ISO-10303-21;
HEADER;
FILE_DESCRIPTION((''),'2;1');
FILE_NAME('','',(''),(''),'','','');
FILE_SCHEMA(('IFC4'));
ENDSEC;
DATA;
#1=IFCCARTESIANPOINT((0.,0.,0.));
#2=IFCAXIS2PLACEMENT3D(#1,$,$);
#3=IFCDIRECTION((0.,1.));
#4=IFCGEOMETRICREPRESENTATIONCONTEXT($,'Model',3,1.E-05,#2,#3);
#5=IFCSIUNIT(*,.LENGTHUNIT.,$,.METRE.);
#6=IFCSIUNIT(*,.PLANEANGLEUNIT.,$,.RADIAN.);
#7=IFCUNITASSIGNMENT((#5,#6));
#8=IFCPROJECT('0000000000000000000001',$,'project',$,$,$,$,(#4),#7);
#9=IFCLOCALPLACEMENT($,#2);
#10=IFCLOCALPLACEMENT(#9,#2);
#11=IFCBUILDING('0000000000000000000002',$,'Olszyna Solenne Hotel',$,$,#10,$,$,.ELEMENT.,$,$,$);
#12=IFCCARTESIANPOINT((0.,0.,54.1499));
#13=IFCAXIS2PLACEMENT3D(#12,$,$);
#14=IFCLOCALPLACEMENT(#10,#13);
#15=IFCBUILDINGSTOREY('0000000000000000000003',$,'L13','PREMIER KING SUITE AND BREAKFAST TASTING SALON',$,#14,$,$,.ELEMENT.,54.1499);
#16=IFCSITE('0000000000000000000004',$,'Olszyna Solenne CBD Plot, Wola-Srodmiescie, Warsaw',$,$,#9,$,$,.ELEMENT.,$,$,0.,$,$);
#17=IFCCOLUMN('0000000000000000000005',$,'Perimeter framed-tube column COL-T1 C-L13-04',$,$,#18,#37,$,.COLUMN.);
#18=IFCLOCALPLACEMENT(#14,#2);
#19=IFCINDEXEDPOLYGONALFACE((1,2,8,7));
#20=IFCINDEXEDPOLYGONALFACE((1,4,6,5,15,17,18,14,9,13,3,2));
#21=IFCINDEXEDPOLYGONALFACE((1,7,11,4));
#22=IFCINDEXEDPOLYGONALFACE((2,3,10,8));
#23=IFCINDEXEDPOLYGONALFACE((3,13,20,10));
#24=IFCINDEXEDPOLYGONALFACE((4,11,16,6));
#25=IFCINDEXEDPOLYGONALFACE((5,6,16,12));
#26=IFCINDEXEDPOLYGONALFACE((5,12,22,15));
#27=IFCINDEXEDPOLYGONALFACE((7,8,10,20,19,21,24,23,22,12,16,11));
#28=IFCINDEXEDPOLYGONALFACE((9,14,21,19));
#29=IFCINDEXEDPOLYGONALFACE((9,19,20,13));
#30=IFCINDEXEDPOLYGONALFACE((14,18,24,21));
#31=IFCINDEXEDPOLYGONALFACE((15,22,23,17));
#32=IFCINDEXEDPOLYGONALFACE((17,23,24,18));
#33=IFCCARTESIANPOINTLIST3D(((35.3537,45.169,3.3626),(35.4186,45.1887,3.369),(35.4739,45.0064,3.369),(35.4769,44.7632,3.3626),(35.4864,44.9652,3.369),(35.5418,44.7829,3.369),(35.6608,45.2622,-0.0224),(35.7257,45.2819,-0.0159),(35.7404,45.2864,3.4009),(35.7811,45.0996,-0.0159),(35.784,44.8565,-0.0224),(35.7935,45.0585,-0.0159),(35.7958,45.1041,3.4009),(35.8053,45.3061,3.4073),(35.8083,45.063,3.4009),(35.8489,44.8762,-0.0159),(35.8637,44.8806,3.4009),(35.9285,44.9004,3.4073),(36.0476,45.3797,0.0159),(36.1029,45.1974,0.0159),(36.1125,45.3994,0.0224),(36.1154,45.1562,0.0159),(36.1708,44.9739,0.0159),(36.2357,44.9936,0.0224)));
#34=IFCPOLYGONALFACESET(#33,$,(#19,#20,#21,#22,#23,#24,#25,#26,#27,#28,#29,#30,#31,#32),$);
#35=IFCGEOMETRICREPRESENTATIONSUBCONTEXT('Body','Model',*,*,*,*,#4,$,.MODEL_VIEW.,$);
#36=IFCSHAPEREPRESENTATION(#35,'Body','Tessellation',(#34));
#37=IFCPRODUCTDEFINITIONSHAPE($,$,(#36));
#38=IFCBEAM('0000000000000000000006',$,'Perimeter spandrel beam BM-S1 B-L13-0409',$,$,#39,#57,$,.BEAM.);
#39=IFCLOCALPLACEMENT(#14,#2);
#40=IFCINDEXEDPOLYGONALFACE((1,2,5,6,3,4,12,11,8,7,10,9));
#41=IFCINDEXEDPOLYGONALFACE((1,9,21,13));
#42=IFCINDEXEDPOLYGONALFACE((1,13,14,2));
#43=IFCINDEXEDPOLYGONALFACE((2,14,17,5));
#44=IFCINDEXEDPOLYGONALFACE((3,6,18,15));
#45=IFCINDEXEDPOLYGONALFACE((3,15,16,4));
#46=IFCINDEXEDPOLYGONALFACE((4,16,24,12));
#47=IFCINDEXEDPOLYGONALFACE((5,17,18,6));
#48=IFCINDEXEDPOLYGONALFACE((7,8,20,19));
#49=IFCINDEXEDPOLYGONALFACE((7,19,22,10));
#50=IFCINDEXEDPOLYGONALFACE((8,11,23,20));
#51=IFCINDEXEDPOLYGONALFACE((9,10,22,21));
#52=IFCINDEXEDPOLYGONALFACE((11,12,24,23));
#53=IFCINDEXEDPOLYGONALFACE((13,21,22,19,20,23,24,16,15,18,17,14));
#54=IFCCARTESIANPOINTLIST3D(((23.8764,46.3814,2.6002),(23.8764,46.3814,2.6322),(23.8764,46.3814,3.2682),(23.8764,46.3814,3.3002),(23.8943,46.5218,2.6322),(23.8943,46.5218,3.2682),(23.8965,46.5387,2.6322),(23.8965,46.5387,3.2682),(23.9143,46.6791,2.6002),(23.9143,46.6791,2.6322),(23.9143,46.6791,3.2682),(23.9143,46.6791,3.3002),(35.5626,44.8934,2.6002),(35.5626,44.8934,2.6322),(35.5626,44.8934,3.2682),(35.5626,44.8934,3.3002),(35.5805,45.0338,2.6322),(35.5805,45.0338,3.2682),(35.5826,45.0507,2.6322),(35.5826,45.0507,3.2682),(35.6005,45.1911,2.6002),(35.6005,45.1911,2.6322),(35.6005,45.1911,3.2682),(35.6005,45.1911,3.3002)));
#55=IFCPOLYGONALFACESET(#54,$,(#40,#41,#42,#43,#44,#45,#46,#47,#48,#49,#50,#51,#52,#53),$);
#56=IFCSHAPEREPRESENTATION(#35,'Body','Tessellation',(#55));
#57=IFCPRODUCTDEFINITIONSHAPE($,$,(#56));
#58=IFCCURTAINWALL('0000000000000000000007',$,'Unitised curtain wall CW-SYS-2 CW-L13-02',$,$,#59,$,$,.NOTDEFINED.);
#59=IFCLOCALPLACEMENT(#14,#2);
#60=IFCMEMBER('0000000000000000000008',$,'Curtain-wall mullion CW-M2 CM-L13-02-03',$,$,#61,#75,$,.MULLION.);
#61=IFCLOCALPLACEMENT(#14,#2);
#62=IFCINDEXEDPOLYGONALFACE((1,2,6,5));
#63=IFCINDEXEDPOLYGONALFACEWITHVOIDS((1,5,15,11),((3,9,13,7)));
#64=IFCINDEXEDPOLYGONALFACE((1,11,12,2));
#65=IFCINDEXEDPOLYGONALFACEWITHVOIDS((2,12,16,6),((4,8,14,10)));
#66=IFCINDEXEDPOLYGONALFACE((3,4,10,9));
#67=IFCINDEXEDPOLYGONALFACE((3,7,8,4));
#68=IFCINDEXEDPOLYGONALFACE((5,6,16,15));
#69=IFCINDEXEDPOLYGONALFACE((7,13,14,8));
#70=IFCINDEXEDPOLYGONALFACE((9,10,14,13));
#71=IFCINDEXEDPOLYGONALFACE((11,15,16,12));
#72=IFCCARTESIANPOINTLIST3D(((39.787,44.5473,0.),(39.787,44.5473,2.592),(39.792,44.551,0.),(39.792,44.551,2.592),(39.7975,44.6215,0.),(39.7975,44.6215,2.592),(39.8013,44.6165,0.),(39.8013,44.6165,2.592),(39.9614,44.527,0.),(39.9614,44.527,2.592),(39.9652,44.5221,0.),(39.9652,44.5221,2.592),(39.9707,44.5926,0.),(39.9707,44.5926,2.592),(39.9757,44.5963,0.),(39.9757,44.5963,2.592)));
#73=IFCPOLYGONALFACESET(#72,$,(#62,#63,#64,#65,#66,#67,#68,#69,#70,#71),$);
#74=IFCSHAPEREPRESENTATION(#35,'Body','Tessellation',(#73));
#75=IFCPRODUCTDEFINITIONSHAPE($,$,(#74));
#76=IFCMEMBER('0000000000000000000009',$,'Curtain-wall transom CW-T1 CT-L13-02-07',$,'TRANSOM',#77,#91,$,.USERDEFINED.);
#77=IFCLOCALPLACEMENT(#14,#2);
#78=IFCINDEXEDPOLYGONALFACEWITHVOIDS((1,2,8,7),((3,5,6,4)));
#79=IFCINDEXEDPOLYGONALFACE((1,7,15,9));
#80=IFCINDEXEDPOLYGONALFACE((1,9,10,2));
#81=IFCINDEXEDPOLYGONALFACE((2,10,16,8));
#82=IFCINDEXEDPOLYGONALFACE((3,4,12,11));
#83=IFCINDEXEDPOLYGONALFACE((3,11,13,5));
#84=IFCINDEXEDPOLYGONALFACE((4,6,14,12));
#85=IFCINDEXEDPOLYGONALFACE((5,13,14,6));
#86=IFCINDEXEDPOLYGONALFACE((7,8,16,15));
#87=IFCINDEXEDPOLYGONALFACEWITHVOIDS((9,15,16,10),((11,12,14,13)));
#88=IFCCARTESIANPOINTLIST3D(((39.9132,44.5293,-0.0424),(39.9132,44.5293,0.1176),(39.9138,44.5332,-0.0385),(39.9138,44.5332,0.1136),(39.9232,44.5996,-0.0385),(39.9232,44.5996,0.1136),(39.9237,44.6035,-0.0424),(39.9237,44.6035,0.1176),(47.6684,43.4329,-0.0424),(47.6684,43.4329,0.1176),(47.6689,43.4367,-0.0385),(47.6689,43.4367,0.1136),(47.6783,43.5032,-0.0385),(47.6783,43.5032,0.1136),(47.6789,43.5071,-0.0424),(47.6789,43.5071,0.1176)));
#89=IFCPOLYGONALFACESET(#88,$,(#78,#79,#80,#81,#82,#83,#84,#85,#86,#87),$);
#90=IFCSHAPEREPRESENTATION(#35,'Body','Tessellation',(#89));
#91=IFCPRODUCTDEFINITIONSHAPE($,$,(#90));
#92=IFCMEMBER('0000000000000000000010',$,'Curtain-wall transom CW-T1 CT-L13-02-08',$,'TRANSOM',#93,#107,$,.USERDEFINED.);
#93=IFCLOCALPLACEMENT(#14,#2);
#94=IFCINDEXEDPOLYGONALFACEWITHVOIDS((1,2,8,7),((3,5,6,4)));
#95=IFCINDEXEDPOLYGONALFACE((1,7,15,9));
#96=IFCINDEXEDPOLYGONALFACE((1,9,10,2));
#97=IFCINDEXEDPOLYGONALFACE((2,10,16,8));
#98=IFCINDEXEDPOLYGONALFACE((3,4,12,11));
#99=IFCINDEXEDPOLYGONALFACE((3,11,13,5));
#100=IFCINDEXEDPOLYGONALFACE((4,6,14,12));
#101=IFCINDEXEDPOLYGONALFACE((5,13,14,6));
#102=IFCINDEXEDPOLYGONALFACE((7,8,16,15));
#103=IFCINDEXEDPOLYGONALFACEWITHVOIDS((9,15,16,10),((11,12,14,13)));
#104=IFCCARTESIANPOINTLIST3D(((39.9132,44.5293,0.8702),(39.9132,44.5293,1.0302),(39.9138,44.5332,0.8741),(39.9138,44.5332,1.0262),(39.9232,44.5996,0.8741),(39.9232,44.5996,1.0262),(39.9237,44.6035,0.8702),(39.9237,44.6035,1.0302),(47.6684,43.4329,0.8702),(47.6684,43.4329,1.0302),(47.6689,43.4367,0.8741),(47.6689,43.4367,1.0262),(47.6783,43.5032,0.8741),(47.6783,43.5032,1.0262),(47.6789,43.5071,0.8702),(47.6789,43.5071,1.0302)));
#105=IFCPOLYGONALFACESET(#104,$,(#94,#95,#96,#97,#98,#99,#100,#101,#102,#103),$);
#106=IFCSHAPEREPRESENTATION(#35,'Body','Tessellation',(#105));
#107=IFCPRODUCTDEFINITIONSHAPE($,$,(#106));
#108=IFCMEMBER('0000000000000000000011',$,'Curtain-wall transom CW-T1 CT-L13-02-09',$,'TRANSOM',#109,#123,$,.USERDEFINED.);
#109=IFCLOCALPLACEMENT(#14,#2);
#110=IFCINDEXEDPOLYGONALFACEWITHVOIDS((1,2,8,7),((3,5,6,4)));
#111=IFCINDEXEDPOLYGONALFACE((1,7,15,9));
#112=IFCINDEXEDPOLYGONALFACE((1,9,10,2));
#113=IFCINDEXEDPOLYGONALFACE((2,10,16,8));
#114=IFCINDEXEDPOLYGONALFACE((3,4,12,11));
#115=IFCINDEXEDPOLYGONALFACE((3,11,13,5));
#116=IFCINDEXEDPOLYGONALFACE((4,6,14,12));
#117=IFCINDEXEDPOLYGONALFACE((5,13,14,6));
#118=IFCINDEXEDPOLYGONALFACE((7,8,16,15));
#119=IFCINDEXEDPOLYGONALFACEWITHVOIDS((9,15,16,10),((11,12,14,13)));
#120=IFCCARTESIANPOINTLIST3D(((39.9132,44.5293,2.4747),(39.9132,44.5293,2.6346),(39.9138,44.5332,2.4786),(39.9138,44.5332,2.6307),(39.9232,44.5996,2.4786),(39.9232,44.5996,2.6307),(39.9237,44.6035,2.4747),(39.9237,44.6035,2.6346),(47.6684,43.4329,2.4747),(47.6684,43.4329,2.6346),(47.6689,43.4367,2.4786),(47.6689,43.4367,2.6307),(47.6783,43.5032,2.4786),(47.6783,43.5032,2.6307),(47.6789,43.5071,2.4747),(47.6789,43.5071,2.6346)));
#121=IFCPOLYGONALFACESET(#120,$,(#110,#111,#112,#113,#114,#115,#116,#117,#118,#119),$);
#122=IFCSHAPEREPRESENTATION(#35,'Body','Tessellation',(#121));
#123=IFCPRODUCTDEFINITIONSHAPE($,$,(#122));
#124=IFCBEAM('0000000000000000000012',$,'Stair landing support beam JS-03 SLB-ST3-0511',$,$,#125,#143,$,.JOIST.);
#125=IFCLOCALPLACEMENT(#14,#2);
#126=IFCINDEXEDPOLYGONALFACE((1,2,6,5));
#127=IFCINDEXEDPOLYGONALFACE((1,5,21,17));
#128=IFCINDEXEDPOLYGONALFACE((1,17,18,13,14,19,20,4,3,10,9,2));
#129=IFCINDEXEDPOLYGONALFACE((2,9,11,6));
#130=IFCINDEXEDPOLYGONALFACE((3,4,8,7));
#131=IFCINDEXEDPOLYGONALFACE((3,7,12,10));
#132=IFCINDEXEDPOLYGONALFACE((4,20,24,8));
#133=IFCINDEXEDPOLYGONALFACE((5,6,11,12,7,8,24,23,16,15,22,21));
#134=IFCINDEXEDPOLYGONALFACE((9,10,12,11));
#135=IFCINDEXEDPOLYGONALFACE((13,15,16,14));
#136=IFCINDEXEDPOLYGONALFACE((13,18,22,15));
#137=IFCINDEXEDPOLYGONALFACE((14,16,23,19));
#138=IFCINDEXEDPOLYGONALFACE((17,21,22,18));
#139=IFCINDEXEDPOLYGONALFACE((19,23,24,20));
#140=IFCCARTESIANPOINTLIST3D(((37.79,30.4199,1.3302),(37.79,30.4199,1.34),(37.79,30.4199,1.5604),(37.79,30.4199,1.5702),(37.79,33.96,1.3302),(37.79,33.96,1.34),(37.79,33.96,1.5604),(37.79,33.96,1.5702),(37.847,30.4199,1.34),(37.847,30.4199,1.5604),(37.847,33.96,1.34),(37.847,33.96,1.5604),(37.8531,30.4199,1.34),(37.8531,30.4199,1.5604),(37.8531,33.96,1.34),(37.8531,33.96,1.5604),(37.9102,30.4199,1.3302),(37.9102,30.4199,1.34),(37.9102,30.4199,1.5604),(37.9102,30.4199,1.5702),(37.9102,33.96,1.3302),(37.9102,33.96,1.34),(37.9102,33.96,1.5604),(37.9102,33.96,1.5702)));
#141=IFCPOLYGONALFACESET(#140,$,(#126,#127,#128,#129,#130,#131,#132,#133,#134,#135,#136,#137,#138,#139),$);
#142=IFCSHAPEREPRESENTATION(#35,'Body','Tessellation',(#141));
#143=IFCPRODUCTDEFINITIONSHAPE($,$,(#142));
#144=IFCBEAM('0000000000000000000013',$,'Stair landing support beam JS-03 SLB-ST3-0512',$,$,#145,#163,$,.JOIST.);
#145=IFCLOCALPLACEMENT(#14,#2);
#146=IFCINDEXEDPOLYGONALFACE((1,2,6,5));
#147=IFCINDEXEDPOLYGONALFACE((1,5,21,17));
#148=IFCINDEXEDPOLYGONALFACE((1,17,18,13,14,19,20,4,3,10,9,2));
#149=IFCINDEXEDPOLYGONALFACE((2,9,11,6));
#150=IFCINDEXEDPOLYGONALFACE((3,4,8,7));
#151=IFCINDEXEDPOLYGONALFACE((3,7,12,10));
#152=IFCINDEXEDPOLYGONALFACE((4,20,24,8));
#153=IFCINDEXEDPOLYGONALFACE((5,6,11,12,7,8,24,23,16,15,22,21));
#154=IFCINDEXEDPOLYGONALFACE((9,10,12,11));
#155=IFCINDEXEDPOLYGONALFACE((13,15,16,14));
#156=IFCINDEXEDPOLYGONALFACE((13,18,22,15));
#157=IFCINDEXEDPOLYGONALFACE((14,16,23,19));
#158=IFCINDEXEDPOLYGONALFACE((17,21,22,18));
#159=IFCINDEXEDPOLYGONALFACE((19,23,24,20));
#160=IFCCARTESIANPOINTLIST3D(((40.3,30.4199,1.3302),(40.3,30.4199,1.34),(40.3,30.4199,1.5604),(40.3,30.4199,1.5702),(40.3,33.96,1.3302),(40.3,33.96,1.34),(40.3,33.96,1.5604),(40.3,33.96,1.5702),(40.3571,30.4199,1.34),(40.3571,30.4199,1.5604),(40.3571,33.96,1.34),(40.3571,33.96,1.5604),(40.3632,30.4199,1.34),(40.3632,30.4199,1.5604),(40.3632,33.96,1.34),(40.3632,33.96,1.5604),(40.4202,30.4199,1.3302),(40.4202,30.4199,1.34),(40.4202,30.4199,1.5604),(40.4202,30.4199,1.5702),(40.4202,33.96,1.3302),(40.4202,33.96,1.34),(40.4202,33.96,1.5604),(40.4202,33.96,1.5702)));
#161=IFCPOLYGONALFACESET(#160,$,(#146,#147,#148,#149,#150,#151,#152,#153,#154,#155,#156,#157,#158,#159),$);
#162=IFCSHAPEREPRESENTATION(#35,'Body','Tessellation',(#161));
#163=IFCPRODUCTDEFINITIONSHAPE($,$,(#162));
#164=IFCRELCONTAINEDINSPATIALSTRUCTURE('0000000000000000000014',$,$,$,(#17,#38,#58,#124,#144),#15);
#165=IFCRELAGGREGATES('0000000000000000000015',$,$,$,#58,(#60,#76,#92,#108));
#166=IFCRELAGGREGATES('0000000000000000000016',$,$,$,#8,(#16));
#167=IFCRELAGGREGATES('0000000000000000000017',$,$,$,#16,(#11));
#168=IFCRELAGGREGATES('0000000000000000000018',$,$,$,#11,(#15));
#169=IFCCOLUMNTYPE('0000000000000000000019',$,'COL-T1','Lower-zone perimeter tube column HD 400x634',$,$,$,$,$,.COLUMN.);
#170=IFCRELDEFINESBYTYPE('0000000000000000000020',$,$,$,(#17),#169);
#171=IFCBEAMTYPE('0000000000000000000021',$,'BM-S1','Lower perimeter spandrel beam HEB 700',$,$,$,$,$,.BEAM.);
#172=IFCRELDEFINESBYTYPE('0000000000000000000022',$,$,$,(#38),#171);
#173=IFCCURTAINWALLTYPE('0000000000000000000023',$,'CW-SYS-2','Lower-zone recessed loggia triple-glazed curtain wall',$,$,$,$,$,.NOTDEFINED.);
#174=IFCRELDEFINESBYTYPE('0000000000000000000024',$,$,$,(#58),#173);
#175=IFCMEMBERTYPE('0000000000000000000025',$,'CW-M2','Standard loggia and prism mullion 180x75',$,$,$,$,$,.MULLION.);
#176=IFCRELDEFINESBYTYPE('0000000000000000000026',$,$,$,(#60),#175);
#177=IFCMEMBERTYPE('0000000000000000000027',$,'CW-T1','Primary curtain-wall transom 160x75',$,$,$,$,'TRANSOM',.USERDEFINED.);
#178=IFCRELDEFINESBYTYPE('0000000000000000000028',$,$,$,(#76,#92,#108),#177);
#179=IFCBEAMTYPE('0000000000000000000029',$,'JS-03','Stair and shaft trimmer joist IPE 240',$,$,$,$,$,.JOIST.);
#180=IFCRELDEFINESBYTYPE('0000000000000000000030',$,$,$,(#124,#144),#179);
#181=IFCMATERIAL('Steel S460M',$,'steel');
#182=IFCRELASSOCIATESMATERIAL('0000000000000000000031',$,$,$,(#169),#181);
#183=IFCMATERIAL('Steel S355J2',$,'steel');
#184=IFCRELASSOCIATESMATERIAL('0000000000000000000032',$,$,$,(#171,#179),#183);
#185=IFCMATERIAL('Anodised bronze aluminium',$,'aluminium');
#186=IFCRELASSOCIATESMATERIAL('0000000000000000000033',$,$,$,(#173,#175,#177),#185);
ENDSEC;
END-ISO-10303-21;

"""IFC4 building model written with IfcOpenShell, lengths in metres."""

from ifc_helpers import new_model, si_unit, direction, frame, origin, origin_2d, place, context, subcontext, project, spatial, hollow_rectangle, i_section, extrude, source, transform, mapped, material, material_profile, profile_set, type_object, element, aggregate, save


model = new_model("IFC4")

# Units and contexts
model_context = context("Model", 3, precision=1e-05, world=origin(), true_north=direction((0.0, 1.0)))
body_context = subcontext(model_context, "Body", "Model", "MODEL_VIEW")
ifc_project = project(units=[si_unit("LENGTHUNIT", "METRE"), si_unit("PLANEANGLEUNIT", "RADIAN")], contexts=[model_context])

# Site, building, storey
site_placement = place(None, origin())
site = spatial("IfcSite", under=ifc_project, at=site_placement, Name="Olszyna Solenne CBD Plot, Wola-Srodmiescie, Warsaw", CompositionType="ELEMENT", RefElevation=0.0)
building_placement = place(site_placement, origin())
building = spatial("IfcBuilding", under=site, at=building_placement, Name="Olszyna Solenne Hotel", CompositionType="ELEMENT")
storey_placement = place(building_placement, frame((0.0, 0.0, 54.1499)))
storey = spatial("IfcBuildingStorey", under=building, at=storey_placement, Name="L13", Description="PREMIER KING SUITE AND BREAKFAST TASTING SALON", CompositionType="ELEMENT", Elevation=54.1499)

# Column
ifc_material_1 = material(Name="Steel S460M", Category="steel")
ifc_material_profile_1 = material_profile(ifc_material_1, i_section(OverallWidth=0.4241, OverallDepth=0.4741, WebThickness=0.043, FlangeThickness=0.0681, at=origin_2d()), Name="HD 400x634", Category="load-bearing")
ifc_profile_set_1 = profile_set([ifc_material_profile_1], Name="Steel S460M")
column_type = type_object("IfcColumnType", Name="COL-T1", Description="Lower-zone perimeter tube column HD 400x634", PredefinedType="COLUMN", material=ifc_profile_set_1)
shared_shape_1 = source(origin(), body_context, "Body", "SweptSolid", [
    extrude(i_section(OverallWidth=0.4241, OverallDepth=0.4741, WebThickness=0.043, FlangeThickness=0.0681, at=origin_2d()), origin(), (0.0, 0.0, 1.0), 3.4001),
])
column_placement = place(storey_placement, frame((35.9482, 45.1279, 0.0), z_axis=(-0.090327, -0.027428, 0.995534), x_axis=(0.290556, -0.956858, 0.0)))
element("IfcColumn", 1, at=column_placement, inside=storey, type_object=column_type, Name="Perimeter framed-tube column COL-T1 C-L13-04", PredefinedType="COLUMN", context=body_context, shape_type="MappedRepresentation", body=[
    mapped(shared_shape_1, transform((0.0, 0.0, 0.0), x_axis=(1.0, 0.0, 0.0), y_axis=(0.0, 1.0, 0.0), z_axis=(0.0, 0.0, 1.0), scale=1.0)),
])

# Beam
ifc_material_2 = material(Name="Steel S355J2", Category="steel")
ifc_material_profile_2 = material_profile(ifc_material_2, i_section(OverallWidth=0.3, OverallDepth=0.7, WebThickness=0.0171, FlangeThickness=0.032, at=origin_2d()), Name="HEB 700", Category="load-bearing")
ifc_profile_set_2 = profile_set([ifc_material_profile_2], Name="Steel S355J2")
beam_type_1 = type_object("IfcBeamType", Name="BM-S1", Description="Lower perimeter spandrel beam HEB 700", PredefinedType="BEAM", material=ifc_profile_set_2)
shared_shape_2 = source(origin(), body_context, "Body", "SweptSolid", [
    extrude(i_section(OverallWidth=0.3, OverallDepth=0.7, WebThickness=0.0171, FlangeThickness=0.032, at=origin_2d()), origin(), (0.0, 0.0, 1.0), 11.7805),
])
beam_1_placement = place(storey_placement, frame((35.5815, 45.0422, 2.9502), z_axis=(-0.991991, 0.126312, 0.0), x_axis=(-0.126312, -0.991991, 0.0)))
element("IfcBeam", 2, at=beam_1_placement, inside=storey, type_object=beam_type_1, Name="Perimeter spandrel beam BM-S1 B-L13-0409", PredefinedType="BEAM", context=body_context, shape_type="MappedRepresentation", body=[
    mapped(shared_shape_2, transform((0.0, 0.0, 0.0), x_axis=(1.0, 0.0, 0.0), y_axis=(0.0, 1.0, 0.0), z_axis=(0.0, 0.0, 1.0), scale=1.0)),
])

# Curtain wall, members
ifc_material_3 = material(Name="Anodised bronze aluminium", Category="aluminium")
curtain_wall_type = type_object("IfcCurtainWallType", Name="CW-SYS-2", Description="Lower-zone recessed loggia triple-glazed curtain wall", PredefinedType="NOTDEFINED", material=ifc_material_3)
curtain_wall_placement = place(storey_placement, origin())
curtain_wall = element("IfcCurtainWall", 3, at=curtain_wall_placement, inside=storey, type_object=curtain_wall_type, Name="Unitised curtain wall CW-SYS-2 CW-L13-02", PredefinedType="NOTDEFINED")
ifc_material_profile_3 = material_profile(ifc_material_3, hollow_rectangle(XDim=0.075, YDim=0.1799, WallThickness=0.0044, at=origin_2d()), Name="MULL 180x75x4.5", Category="load-bearing")
ifc_profile_set_3 = profile_set([ifc_material_profile_3], Name="Anodised bronze aluminium")
member_type_1 = type_object("IfcMemberType", Name="CW-M2", Description="Standard loggia and prism mullion 180x75", PredefinedType="MULLION", material=ifc_profile_set_3)
shared_shape_3 = source(origin(), body_context, "Body", "SweptSolid", [
    extrude(hollow_rectangle(XDim=0.075, YDim=0.1799, WallThickness=0.0044, at=origin_2d()), origin(), (0.0, 0.0, 1.0), 2.592),
])
member_1_placement = place(storey_placement, frame((39.8813, 44.5718, 0.0), z_axis=(0.0, 0.0, 1.0), x_axis=(0.140005, 0.990151, 0.0)))
member_1 = element("IfcMember", 4, at=member_1_placement, type_object=member_type_1, Name="Curtain-wall mullion CW-M2 CM-L13-02-03", PredefinedType="MULLION", context=body_context, shape_type="MappedRepresentation", body=[
    mapped(shared_shape_3, transform((0.0, 0.0, 0.0), x_axis=(1.0, 0.0, 0.0), y_axis=(0.0, 1.0, 0.0), z_axis=(0.0, 0.0, 1.0), scale=1.0)),
])
ifc_material_profile_4 = material_profile(ifc_material_3, hollow_rectangle(XDim=0.075, YDim=0.1599, WallThickness=0.0039, at=origin_2d()), Name="TRAN 160x75x4", Category="load-bearing")
ifc_profile_set_4 = profile_set([ifc_material_profile_4], Name="Anodised bronze aluminium")
member_type_2 = type_object("IfcMemberType", Name="CW-T1", Description="Primary curtain-wall transom 160x75", ElementType="TRANSOM", PredefinedType="USERDEFINED", material=ifc_profile_set_4)
shared_shape_4 = source(origin(), body_context, "Body", "SweptSolid", [
    extrude(hollow_rectangle(XDim=0.075, YDim=0.1599, WallThickness=0.0039, at=origin_2d()), origin(), (0.0, 0.0, 1.0), 7.8323),
])
member_2_placement = place(storey_placement, frame((39.9185, 44.5664, 0.0376), z_axis=(0.990153, -0.13999, 0.0), x_axis=(0.13999, 0.990153, 0.0)))
member_2 = element("IfcMember", 5, at=member_2_placement, type_object=member_type_2, Name="Curtain-wall transom CW-T1 CT-L13-02-07", ObjectType="TRANSOM", PredefinedType="USERDEFINED", context=body_context, shape_type="MappedRepresentation", body=[
    mapped(shared_shape_4, transform((0.0, 0.0, 0.0), x_axis=(1.0, 0.0, 0.0), y_axis=(0.0, 1.0, 0.0), z_axis=(0.0, 0.0, 1.0), scale=1.0)),
])
member_3_placement = place(storey_placement, frame((39.9185, 44.5664, 0.9502), z_axis=(0.990153, -0.13999, 0.0), x_axis=(0.13999, 0.990153, 0.0)))
member_3 = element("IfcMember", 6, at=member_3_placement, type_object=member_type_2, Name="Curtain-wall transom CW-T1 CT-L13-02-08", ObjectType="TRANSOM", PredefinedType="USERDEFINED", context=body_context, shape_type="MappedRepresentation", body=[
    mapped(shared_shape_4, transform((0.0, 0.0, 0.0), x_axis=(1.0, 0.0, 0.0), y_axis=(0.0, 1.0, 0.0), z_axis=(0.0, 0.0, 1.0), scale=1.0)),
])
member_4_placement = place(storey_placement, frame((39.9185, 44.5664, 2.5547), z_axis=(0.990153, -0.13999, 0.0), x_axis=(0.13999, 0.990153, 0.0)))
member_4 = element("IfcMember", 7, at=member_4_placement, type_object=member_type_2, Name="Curtain-wall transom CW-T1 CT-L13-02-09", ObjectType="TRANSOM", PredefinedType="USERDEFINED", context=body_context, shape_type="MappedRepresentation", body=[
    mapped(shared_shape_4, transform((0.0, 0.0, 0.0), x_axis=(1.0, 0.0, 0.0), y_axis=(0.0, 1.0, 0.0), z_axis=(0.0, 0.0, 1.0), scale=1.0)),
])

# Beams
ifc_material_profile_5 = material_profile(ifc_material_2, i_section(OverallWidth=0.1201, OverallDepth=0.24, WebThickness=0.0061, FlangeThickness=0.0098, at=origin_2d()), Name="IPE 240", Category="load-bearing")
ifc_profile_set_5 = profile_set([ifc_material_profile_5], Name="Steel S355J2")
beam_type_2 = type_object("IfcBeamType", Name="JS-03", Description="Stair and shaft trimmer joist IPE 240", PredefinedType="JOIST", material=ifc_profile_set_5)
shared_shape_5 = source(origin(), body_context, "Body", "SweptSolid", [
    extrude(i_section(OverallWidth=0.1201, OverallDepth=0.24, WebThickness=0.0061, FlangeThickness=0.0098, at=origin_2d()), origin(), (0.0, 0.0, 1.0), 3.54),
])
for number, where, z_axis, x_axis, name in (
    (8, (37.8501, 30.4199, 1.4502), (0.0, 1.0, 0.0), (-1.0, 0.0, 0.0), "Stair landing support beam JS-03 SLB-ST3-0511"),
    (9, (40.3601, 30.4199, 1.4502), (0.0, 1.0, 0.0), (-1.0, 0.0, 0.0), "Stair landing support beam JS-03 SLB-ST3-0512"),
):
    element("IfcBeam", number, at=place(storey_placement, frame(where, z_axis=z_axis, x_axis=x_axis)), inside=storey, type_object=beam_type_2, Name=name, PredefinedType="JOIST", context=body_context, shape_type="MappedRepresentation", body=[
        mapped(shared_shape_5, transform((0.0, 0.0, 0.0), x_axis=(1.0, 0.0, 0.0), y_axis=(0.0, 1.0, 0.0), z_axis=(0.0, 0.0, 1.0), scale=1.0)),
    ])

aggregate(curtain_wall, [member_1, member_2, member_3, member_4])

save(model, "model.ifc")
